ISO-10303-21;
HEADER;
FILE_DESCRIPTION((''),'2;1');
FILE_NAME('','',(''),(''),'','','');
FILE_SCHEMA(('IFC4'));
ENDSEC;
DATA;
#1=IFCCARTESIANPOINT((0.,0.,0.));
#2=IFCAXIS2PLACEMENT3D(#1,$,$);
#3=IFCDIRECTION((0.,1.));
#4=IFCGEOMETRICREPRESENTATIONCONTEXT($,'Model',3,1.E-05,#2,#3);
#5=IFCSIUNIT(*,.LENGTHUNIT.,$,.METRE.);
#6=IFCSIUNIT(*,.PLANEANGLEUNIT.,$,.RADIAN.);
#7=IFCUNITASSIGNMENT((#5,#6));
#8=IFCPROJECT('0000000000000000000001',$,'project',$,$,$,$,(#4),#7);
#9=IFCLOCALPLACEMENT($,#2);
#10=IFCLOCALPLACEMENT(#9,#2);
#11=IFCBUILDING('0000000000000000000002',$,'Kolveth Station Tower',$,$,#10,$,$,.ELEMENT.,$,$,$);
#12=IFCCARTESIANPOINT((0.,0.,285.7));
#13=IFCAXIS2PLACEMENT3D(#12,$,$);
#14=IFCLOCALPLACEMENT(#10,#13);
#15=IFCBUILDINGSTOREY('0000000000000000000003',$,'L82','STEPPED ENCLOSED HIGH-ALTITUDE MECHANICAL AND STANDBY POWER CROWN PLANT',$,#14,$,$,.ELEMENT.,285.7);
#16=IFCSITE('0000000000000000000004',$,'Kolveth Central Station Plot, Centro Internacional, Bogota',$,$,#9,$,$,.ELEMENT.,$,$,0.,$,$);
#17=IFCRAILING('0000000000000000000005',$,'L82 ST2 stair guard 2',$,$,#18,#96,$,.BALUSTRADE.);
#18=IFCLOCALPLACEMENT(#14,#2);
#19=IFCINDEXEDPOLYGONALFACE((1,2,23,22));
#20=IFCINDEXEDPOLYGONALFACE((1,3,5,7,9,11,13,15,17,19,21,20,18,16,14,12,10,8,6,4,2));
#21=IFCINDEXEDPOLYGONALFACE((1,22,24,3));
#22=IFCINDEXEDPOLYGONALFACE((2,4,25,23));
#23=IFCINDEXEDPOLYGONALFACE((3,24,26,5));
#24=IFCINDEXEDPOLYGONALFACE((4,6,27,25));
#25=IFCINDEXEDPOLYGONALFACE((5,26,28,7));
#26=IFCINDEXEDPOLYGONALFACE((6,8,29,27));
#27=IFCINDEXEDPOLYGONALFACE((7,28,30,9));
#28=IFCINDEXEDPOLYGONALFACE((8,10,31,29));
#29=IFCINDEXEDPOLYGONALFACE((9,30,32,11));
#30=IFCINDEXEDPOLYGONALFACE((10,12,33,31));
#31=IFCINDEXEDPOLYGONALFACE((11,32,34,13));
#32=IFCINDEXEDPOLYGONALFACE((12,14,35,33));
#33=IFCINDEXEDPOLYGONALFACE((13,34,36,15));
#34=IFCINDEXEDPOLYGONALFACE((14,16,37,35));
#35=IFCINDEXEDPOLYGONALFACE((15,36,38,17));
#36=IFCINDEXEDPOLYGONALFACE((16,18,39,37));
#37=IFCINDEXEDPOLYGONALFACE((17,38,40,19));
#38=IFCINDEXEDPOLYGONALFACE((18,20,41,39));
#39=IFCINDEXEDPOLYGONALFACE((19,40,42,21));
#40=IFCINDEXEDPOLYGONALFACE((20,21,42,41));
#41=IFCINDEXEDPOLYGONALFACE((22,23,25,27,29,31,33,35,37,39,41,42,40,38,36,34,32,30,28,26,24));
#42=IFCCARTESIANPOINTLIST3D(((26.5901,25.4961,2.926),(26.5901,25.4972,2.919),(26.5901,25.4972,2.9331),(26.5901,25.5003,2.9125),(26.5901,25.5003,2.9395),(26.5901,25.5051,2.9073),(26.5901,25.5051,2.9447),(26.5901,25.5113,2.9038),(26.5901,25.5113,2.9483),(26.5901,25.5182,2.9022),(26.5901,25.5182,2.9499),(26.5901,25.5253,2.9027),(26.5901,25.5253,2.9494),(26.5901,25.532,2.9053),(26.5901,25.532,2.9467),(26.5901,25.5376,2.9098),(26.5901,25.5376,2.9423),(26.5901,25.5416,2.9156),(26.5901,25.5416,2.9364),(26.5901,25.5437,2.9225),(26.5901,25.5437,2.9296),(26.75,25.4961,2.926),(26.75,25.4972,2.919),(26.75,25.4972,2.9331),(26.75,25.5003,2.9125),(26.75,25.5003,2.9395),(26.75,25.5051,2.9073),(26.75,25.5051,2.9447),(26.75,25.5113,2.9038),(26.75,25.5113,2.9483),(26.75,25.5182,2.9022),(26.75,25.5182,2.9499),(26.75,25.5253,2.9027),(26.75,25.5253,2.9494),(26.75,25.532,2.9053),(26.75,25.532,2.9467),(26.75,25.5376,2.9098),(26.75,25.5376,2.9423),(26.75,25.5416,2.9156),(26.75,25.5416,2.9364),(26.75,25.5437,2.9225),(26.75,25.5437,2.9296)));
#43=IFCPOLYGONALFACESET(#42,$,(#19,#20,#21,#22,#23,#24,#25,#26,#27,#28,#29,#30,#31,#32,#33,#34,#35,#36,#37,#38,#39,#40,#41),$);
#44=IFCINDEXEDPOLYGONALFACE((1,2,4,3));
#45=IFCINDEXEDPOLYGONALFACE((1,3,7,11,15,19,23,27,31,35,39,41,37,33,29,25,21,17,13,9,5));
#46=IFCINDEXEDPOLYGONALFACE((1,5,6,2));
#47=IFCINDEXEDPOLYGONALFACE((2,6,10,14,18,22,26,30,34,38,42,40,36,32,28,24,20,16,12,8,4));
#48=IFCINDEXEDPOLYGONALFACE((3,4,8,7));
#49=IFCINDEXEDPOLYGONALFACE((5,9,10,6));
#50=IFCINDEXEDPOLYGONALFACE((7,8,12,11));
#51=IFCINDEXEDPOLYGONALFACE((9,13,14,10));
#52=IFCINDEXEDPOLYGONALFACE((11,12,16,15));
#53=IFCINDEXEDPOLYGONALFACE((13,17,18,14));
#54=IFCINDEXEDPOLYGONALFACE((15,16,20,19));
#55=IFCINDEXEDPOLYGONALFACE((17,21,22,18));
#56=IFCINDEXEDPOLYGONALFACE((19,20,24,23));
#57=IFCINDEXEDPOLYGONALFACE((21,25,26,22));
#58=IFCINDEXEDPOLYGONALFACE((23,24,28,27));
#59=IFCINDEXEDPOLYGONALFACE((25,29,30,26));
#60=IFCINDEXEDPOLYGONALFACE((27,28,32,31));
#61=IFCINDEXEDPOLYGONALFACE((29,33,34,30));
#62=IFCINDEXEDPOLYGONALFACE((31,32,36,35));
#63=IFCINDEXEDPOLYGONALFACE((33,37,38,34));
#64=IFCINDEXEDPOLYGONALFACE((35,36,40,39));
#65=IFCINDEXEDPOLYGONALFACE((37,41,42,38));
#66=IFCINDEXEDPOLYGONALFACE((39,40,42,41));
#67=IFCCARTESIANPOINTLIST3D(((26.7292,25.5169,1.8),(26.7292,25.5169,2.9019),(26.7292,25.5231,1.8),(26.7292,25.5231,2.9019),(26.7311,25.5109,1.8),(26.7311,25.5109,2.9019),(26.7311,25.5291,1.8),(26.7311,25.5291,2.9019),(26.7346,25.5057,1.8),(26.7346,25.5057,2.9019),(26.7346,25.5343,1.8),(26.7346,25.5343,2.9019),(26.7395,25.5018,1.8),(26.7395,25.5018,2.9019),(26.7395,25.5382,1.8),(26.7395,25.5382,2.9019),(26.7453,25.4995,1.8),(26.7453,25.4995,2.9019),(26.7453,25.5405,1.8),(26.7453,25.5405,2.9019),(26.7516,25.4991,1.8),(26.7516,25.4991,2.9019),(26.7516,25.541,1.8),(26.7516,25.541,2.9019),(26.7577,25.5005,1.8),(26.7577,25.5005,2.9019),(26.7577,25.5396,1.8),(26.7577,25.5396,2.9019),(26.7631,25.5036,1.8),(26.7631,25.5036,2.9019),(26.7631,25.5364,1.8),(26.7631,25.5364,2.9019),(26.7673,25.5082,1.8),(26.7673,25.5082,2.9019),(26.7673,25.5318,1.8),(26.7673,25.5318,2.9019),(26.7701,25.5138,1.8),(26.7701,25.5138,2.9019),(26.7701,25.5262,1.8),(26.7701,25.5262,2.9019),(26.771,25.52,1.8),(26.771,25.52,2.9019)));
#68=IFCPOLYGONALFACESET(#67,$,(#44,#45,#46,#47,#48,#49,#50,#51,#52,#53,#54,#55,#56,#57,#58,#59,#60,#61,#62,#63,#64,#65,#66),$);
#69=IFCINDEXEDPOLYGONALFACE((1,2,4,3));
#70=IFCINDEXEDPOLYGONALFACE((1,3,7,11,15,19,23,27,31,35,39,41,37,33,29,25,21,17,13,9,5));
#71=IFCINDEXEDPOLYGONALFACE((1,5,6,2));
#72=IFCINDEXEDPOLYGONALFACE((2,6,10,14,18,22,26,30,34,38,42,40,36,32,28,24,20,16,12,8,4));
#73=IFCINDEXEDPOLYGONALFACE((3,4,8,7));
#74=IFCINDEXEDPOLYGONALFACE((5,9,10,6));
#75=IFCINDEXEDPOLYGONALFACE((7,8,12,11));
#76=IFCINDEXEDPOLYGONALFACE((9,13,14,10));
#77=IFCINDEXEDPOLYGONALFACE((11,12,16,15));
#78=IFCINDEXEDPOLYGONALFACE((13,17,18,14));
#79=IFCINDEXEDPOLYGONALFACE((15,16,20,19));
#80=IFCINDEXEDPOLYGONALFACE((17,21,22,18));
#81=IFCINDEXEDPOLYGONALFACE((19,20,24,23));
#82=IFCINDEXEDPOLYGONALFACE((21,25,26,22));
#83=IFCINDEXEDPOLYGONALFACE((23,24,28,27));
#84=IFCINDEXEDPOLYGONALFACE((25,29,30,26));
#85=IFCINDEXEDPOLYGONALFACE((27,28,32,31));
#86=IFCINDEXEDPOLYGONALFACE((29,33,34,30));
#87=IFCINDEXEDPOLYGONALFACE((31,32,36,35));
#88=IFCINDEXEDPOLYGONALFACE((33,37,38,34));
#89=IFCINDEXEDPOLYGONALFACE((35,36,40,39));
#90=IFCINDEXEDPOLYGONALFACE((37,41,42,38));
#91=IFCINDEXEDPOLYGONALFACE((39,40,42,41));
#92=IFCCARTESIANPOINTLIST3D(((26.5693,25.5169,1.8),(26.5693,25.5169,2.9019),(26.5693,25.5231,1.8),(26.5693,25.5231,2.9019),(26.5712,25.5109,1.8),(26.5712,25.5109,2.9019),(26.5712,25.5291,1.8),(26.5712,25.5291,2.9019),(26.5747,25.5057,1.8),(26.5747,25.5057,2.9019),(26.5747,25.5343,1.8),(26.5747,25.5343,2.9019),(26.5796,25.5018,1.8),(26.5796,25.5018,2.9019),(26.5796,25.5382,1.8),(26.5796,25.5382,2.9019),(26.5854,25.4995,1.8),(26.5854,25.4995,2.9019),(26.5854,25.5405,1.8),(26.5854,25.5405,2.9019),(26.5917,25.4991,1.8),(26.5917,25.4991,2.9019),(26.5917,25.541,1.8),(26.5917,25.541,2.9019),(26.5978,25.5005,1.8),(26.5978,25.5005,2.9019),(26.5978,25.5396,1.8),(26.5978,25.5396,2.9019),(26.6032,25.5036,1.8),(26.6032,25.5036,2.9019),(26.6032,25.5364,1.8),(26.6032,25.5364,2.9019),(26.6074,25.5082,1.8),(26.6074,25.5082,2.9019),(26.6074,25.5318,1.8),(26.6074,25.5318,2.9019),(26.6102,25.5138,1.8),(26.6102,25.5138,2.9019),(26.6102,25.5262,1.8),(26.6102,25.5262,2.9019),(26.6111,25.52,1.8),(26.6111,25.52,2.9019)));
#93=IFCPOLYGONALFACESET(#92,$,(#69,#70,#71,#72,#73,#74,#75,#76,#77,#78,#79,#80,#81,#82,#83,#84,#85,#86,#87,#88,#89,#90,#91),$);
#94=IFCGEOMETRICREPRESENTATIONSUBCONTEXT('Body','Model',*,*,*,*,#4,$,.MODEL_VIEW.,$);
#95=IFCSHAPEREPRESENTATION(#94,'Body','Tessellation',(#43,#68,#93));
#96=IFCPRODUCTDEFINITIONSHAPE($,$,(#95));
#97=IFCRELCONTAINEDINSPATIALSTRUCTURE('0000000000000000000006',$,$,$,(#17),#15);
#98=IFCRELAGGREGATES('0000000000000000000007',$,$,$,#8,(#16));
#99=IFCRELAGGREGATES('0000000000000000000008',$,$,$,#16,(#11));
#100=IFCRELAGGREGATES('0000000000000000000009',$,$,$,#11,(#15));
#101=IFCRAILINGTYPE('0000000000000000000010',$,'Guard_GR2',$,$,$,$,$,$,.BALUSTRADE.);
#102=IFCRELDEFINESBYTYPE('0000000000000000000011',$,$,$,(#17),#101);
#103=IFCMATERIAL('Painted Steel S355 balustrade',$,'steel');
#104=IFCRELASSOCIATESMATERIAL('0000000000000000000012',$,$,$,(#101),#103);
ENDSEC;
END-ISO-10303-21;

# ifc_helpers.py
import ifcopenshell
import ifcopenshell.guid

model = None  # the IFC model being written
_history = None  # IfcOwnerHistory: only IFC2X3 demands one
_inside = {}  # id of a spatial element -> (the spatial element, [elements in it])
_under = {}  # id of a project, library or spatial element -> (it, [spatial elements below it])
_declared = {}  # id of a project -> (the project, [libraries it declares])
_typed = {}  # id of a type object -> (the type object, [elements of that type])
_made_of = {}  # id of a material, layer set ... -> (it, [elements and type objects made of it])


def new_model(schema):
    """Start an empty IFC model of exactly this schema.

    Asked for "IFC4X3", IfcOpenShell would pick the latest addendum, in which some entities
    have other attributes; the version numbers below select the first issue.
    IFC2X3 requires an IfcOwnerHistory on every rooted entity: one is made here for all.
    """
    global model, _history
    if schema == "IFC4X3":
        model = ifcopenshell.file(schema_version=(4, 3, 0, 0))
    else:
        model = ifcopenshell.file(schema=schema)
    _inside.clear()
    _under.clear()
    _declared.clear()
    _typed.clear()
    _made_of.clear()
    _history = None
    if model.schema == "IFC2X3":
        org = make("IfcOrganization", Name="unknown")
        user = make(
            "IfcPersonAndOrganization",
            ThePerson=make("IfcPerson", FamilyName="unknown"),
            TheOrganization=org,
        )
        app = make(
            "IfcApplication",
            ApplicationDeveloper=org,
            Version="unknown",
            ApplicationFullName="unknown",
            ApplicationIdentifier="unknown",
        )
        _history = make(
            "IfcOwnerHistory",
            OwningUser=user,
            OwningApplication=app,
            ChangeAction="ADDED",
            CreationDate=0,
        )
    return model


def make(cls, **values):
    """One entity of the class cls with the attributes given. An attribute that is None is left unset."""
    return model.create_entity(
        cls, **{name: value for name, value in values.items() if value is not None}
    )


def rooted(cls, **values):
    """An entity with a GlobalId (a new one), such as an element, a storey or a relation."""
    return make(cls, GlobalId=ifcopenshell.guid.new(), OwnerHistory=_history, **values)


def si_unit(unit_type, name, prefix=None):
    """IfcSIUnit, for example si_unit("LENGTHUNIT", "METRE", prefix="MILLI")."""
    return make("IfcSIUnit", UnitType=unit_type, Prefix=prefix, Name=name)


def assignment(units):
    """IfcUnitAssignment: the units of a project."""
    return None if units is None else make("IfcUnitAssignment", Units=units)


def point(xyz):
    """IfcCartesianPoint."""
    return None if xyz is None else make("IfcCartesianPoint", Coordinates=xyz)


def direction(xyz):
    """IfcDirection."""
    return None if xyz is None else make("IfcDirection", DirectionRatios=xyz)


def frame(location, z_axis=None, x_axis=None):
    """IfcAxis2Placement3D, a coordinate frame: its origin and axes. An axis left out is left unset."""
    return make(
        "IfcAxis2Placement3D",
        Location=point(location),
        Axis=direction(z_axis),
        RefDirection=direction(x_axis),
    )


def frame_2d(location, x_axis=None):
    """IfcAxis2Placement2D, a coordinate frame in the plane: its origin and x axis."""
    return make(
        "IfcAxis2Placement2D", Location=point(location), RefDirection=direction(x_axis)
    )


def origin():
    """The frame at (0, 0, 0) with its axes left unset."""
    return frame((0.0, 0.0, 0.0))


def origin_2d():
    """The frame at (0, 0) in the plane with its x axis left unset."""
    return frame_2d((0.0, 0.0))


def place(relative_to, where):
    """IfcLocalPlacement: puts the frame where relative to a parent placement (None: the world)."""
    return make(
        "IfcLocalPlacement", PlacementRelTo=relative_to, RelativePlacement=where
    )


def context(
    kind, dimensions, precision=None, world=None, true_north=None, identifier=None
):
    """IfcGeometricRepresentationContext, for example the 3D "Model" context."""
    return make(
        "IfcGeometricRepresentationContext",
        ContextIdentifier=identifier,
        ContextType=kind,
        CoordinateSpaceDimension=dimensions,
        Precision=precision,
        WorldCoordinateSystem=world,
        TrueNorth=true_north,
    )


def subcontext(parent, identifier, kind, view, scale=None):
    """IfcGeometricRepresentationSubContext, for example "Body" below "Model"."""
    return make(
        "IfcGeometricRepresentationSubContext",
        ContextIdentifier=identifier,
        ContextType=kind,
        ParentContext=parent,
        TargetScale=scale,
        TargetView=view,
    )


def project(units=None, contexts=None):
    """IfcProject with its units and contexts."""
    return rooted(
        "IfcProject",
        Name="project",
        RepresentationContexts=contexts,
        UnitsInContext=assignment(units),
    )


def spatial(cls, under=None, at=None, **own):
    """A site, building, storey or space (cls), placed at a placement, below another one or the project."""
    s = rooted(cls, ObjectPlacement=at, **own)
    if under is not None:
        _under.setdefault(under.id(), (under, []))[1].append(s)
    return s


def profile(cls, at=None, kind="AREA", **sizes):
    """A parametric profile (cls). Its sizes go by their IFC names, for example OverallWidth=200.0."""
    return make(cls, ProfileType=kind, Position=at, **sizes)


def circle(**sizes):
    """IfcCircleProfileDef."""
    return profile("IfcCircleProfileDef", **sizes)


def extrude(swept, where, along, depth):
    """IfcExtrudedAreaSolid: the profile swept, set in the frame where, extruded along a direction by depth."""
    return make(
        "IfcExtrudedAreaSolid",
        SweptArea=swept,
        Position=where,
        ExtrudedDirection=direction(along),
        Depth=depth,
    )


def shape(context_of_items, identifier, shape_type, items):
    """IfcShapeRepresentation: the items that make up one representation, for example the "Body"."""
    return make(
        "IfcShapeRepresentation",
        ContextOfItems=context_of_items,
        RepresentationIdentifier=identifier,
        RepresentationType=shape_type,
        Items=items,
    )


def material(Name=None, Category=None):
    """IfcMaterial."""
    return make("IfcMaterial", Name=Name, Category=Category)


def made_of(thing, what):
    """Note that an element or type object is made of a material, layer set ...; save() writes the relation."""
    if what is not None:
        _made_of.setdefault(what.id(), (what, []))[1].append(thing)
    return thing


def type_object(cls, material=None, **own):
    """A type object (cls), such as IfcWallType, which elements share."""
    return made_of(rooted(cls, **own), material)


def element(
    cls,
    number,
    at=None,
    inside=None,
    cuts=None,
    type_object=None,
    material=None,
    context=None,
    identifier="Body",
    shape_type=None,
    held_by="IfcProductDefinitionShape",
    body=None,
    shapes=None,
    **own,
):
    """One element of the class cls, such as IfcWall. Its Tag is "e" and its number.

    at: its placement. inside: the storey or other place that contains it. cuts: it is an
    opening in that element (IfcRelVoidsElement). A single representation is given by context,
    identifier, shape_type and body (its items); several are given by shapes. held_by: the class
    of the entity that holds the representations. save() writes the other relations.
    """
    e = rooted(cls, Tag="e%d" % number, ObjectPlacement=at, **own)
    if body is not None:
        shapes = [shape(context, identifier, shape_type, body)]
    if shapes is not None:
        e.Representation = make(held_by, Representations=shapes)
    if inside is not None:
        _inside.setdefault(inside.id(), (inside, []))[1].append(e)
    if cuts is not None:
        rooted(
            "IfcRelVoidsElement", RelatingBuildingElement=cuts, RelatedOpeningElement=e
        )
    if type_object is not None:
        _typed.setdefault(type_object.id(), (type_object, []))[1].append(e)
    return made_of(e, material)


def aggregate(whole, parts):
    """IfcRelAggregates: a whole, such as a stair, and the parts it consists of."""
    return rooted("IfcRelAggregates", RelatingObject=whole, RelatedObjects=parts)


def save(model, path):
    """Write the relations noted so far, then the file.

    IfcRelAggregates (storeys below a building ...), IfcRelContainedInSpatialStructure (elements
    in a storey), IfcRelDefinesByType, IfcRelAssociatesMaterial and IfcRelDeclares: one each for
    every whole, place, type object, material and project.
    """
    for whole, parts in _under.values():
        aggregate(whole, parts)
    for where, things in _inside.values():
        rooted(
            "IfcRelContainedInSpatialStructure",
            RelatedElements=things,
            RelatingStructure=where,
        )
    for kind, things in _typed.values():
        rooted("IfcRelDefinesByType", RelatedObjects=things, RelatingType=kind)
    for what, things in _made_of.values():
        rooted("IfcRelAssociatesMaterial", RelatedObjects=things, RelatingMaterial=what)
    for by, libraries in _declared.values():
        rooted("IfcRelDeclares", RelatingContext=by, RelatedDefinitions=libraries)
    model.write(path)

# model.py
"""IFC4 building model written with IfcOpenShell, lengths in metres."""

from ifc_helpers import new_model, si_unit, direction, frame, origin, origin_2d, place, context, subcontext, project, spatial, circle, extrude, material, type_object, element, save


model = new_model("IFC4")

# Units and contexts
model_context = context("Model", 3, precision=1e-05, world=origin(), true_north=direction((0.0, 1.0)))
body_context = subcontext(model_context, "Body", "Model", "MODEL_VIEW")
ifc_project = project(units=[si_unit("LENGTHUNIT", "METRE"), si_unit("PLANEANGLEUNIT", "RADIAN")], contexts=[model_context])

# Site, building, storey
site_placement = place(None, origin())
site = spatial("IfcSite", under=ifc_project, at=site_placement, Name="Kolveth Central Station Plot, Centro Internacional, Bogota", CompositionType="ELEMENT", RefElevation=0.0)
building_placement = place(site_placement, origin())
building = spatial("IfcBuilding", under=site, at=building_placement, Name="Kolveth Station Tower", CompositionType="ELEMENT")
storey_placement = place(building_placement, frame((0.0, 0.0, 285.7)))
storey = spatial("IfcBuildingStorey", under=building, at=storey_placement, Name="L82", Description="STEPPED ENCLOSED HIGH-ALTITUDE MECHANICAL AND STANDBY POWER CROWN PLANT", CompositionType="ELEMENT", Elevation=285.7)

# Railing
ifc_material_1 = material(Name="Painted Steel S355 balustrade", Category="steel")
railing_type_1 = type_object("IfcRailingType", Name="Guard_GR2", PredefinedType="BALUSTRADE", material=ifc_material_1)
railing_1_placement = place(storey_placement, frame((26.75, 25.52, 1.8)))
element("IfcRailing", 1, at=railing_1_placement, inside=storey, type_object=railing_type_1, Name="L82 ST2 stair guard 2", PredefinedType="BALUSTRADE", context=body_context, shape_type="SweptSolid", body=[
    extrude(circle(Radius=0.0239, at=origin_2d()), frame((0.0, 0.0, 1.126), z_axis=(-1.0, 0.0, 0.0), x_axis=(0.0, -1.0, 0.0)), (0.0, 0.0, 1.0), 0.1599),
    extrude(circle(Radius=0.021, at=origin_2d()), origin(), (0.0, 0.0, 1.0), 1.1018),
    extrude(circle(Radius=0.021, at=origin_2d()), frame((-0.1599, 0.0, 0.0)), (0.0, 0.0, 1.0), 1.1018),
])

save(model, "model.ifc")
